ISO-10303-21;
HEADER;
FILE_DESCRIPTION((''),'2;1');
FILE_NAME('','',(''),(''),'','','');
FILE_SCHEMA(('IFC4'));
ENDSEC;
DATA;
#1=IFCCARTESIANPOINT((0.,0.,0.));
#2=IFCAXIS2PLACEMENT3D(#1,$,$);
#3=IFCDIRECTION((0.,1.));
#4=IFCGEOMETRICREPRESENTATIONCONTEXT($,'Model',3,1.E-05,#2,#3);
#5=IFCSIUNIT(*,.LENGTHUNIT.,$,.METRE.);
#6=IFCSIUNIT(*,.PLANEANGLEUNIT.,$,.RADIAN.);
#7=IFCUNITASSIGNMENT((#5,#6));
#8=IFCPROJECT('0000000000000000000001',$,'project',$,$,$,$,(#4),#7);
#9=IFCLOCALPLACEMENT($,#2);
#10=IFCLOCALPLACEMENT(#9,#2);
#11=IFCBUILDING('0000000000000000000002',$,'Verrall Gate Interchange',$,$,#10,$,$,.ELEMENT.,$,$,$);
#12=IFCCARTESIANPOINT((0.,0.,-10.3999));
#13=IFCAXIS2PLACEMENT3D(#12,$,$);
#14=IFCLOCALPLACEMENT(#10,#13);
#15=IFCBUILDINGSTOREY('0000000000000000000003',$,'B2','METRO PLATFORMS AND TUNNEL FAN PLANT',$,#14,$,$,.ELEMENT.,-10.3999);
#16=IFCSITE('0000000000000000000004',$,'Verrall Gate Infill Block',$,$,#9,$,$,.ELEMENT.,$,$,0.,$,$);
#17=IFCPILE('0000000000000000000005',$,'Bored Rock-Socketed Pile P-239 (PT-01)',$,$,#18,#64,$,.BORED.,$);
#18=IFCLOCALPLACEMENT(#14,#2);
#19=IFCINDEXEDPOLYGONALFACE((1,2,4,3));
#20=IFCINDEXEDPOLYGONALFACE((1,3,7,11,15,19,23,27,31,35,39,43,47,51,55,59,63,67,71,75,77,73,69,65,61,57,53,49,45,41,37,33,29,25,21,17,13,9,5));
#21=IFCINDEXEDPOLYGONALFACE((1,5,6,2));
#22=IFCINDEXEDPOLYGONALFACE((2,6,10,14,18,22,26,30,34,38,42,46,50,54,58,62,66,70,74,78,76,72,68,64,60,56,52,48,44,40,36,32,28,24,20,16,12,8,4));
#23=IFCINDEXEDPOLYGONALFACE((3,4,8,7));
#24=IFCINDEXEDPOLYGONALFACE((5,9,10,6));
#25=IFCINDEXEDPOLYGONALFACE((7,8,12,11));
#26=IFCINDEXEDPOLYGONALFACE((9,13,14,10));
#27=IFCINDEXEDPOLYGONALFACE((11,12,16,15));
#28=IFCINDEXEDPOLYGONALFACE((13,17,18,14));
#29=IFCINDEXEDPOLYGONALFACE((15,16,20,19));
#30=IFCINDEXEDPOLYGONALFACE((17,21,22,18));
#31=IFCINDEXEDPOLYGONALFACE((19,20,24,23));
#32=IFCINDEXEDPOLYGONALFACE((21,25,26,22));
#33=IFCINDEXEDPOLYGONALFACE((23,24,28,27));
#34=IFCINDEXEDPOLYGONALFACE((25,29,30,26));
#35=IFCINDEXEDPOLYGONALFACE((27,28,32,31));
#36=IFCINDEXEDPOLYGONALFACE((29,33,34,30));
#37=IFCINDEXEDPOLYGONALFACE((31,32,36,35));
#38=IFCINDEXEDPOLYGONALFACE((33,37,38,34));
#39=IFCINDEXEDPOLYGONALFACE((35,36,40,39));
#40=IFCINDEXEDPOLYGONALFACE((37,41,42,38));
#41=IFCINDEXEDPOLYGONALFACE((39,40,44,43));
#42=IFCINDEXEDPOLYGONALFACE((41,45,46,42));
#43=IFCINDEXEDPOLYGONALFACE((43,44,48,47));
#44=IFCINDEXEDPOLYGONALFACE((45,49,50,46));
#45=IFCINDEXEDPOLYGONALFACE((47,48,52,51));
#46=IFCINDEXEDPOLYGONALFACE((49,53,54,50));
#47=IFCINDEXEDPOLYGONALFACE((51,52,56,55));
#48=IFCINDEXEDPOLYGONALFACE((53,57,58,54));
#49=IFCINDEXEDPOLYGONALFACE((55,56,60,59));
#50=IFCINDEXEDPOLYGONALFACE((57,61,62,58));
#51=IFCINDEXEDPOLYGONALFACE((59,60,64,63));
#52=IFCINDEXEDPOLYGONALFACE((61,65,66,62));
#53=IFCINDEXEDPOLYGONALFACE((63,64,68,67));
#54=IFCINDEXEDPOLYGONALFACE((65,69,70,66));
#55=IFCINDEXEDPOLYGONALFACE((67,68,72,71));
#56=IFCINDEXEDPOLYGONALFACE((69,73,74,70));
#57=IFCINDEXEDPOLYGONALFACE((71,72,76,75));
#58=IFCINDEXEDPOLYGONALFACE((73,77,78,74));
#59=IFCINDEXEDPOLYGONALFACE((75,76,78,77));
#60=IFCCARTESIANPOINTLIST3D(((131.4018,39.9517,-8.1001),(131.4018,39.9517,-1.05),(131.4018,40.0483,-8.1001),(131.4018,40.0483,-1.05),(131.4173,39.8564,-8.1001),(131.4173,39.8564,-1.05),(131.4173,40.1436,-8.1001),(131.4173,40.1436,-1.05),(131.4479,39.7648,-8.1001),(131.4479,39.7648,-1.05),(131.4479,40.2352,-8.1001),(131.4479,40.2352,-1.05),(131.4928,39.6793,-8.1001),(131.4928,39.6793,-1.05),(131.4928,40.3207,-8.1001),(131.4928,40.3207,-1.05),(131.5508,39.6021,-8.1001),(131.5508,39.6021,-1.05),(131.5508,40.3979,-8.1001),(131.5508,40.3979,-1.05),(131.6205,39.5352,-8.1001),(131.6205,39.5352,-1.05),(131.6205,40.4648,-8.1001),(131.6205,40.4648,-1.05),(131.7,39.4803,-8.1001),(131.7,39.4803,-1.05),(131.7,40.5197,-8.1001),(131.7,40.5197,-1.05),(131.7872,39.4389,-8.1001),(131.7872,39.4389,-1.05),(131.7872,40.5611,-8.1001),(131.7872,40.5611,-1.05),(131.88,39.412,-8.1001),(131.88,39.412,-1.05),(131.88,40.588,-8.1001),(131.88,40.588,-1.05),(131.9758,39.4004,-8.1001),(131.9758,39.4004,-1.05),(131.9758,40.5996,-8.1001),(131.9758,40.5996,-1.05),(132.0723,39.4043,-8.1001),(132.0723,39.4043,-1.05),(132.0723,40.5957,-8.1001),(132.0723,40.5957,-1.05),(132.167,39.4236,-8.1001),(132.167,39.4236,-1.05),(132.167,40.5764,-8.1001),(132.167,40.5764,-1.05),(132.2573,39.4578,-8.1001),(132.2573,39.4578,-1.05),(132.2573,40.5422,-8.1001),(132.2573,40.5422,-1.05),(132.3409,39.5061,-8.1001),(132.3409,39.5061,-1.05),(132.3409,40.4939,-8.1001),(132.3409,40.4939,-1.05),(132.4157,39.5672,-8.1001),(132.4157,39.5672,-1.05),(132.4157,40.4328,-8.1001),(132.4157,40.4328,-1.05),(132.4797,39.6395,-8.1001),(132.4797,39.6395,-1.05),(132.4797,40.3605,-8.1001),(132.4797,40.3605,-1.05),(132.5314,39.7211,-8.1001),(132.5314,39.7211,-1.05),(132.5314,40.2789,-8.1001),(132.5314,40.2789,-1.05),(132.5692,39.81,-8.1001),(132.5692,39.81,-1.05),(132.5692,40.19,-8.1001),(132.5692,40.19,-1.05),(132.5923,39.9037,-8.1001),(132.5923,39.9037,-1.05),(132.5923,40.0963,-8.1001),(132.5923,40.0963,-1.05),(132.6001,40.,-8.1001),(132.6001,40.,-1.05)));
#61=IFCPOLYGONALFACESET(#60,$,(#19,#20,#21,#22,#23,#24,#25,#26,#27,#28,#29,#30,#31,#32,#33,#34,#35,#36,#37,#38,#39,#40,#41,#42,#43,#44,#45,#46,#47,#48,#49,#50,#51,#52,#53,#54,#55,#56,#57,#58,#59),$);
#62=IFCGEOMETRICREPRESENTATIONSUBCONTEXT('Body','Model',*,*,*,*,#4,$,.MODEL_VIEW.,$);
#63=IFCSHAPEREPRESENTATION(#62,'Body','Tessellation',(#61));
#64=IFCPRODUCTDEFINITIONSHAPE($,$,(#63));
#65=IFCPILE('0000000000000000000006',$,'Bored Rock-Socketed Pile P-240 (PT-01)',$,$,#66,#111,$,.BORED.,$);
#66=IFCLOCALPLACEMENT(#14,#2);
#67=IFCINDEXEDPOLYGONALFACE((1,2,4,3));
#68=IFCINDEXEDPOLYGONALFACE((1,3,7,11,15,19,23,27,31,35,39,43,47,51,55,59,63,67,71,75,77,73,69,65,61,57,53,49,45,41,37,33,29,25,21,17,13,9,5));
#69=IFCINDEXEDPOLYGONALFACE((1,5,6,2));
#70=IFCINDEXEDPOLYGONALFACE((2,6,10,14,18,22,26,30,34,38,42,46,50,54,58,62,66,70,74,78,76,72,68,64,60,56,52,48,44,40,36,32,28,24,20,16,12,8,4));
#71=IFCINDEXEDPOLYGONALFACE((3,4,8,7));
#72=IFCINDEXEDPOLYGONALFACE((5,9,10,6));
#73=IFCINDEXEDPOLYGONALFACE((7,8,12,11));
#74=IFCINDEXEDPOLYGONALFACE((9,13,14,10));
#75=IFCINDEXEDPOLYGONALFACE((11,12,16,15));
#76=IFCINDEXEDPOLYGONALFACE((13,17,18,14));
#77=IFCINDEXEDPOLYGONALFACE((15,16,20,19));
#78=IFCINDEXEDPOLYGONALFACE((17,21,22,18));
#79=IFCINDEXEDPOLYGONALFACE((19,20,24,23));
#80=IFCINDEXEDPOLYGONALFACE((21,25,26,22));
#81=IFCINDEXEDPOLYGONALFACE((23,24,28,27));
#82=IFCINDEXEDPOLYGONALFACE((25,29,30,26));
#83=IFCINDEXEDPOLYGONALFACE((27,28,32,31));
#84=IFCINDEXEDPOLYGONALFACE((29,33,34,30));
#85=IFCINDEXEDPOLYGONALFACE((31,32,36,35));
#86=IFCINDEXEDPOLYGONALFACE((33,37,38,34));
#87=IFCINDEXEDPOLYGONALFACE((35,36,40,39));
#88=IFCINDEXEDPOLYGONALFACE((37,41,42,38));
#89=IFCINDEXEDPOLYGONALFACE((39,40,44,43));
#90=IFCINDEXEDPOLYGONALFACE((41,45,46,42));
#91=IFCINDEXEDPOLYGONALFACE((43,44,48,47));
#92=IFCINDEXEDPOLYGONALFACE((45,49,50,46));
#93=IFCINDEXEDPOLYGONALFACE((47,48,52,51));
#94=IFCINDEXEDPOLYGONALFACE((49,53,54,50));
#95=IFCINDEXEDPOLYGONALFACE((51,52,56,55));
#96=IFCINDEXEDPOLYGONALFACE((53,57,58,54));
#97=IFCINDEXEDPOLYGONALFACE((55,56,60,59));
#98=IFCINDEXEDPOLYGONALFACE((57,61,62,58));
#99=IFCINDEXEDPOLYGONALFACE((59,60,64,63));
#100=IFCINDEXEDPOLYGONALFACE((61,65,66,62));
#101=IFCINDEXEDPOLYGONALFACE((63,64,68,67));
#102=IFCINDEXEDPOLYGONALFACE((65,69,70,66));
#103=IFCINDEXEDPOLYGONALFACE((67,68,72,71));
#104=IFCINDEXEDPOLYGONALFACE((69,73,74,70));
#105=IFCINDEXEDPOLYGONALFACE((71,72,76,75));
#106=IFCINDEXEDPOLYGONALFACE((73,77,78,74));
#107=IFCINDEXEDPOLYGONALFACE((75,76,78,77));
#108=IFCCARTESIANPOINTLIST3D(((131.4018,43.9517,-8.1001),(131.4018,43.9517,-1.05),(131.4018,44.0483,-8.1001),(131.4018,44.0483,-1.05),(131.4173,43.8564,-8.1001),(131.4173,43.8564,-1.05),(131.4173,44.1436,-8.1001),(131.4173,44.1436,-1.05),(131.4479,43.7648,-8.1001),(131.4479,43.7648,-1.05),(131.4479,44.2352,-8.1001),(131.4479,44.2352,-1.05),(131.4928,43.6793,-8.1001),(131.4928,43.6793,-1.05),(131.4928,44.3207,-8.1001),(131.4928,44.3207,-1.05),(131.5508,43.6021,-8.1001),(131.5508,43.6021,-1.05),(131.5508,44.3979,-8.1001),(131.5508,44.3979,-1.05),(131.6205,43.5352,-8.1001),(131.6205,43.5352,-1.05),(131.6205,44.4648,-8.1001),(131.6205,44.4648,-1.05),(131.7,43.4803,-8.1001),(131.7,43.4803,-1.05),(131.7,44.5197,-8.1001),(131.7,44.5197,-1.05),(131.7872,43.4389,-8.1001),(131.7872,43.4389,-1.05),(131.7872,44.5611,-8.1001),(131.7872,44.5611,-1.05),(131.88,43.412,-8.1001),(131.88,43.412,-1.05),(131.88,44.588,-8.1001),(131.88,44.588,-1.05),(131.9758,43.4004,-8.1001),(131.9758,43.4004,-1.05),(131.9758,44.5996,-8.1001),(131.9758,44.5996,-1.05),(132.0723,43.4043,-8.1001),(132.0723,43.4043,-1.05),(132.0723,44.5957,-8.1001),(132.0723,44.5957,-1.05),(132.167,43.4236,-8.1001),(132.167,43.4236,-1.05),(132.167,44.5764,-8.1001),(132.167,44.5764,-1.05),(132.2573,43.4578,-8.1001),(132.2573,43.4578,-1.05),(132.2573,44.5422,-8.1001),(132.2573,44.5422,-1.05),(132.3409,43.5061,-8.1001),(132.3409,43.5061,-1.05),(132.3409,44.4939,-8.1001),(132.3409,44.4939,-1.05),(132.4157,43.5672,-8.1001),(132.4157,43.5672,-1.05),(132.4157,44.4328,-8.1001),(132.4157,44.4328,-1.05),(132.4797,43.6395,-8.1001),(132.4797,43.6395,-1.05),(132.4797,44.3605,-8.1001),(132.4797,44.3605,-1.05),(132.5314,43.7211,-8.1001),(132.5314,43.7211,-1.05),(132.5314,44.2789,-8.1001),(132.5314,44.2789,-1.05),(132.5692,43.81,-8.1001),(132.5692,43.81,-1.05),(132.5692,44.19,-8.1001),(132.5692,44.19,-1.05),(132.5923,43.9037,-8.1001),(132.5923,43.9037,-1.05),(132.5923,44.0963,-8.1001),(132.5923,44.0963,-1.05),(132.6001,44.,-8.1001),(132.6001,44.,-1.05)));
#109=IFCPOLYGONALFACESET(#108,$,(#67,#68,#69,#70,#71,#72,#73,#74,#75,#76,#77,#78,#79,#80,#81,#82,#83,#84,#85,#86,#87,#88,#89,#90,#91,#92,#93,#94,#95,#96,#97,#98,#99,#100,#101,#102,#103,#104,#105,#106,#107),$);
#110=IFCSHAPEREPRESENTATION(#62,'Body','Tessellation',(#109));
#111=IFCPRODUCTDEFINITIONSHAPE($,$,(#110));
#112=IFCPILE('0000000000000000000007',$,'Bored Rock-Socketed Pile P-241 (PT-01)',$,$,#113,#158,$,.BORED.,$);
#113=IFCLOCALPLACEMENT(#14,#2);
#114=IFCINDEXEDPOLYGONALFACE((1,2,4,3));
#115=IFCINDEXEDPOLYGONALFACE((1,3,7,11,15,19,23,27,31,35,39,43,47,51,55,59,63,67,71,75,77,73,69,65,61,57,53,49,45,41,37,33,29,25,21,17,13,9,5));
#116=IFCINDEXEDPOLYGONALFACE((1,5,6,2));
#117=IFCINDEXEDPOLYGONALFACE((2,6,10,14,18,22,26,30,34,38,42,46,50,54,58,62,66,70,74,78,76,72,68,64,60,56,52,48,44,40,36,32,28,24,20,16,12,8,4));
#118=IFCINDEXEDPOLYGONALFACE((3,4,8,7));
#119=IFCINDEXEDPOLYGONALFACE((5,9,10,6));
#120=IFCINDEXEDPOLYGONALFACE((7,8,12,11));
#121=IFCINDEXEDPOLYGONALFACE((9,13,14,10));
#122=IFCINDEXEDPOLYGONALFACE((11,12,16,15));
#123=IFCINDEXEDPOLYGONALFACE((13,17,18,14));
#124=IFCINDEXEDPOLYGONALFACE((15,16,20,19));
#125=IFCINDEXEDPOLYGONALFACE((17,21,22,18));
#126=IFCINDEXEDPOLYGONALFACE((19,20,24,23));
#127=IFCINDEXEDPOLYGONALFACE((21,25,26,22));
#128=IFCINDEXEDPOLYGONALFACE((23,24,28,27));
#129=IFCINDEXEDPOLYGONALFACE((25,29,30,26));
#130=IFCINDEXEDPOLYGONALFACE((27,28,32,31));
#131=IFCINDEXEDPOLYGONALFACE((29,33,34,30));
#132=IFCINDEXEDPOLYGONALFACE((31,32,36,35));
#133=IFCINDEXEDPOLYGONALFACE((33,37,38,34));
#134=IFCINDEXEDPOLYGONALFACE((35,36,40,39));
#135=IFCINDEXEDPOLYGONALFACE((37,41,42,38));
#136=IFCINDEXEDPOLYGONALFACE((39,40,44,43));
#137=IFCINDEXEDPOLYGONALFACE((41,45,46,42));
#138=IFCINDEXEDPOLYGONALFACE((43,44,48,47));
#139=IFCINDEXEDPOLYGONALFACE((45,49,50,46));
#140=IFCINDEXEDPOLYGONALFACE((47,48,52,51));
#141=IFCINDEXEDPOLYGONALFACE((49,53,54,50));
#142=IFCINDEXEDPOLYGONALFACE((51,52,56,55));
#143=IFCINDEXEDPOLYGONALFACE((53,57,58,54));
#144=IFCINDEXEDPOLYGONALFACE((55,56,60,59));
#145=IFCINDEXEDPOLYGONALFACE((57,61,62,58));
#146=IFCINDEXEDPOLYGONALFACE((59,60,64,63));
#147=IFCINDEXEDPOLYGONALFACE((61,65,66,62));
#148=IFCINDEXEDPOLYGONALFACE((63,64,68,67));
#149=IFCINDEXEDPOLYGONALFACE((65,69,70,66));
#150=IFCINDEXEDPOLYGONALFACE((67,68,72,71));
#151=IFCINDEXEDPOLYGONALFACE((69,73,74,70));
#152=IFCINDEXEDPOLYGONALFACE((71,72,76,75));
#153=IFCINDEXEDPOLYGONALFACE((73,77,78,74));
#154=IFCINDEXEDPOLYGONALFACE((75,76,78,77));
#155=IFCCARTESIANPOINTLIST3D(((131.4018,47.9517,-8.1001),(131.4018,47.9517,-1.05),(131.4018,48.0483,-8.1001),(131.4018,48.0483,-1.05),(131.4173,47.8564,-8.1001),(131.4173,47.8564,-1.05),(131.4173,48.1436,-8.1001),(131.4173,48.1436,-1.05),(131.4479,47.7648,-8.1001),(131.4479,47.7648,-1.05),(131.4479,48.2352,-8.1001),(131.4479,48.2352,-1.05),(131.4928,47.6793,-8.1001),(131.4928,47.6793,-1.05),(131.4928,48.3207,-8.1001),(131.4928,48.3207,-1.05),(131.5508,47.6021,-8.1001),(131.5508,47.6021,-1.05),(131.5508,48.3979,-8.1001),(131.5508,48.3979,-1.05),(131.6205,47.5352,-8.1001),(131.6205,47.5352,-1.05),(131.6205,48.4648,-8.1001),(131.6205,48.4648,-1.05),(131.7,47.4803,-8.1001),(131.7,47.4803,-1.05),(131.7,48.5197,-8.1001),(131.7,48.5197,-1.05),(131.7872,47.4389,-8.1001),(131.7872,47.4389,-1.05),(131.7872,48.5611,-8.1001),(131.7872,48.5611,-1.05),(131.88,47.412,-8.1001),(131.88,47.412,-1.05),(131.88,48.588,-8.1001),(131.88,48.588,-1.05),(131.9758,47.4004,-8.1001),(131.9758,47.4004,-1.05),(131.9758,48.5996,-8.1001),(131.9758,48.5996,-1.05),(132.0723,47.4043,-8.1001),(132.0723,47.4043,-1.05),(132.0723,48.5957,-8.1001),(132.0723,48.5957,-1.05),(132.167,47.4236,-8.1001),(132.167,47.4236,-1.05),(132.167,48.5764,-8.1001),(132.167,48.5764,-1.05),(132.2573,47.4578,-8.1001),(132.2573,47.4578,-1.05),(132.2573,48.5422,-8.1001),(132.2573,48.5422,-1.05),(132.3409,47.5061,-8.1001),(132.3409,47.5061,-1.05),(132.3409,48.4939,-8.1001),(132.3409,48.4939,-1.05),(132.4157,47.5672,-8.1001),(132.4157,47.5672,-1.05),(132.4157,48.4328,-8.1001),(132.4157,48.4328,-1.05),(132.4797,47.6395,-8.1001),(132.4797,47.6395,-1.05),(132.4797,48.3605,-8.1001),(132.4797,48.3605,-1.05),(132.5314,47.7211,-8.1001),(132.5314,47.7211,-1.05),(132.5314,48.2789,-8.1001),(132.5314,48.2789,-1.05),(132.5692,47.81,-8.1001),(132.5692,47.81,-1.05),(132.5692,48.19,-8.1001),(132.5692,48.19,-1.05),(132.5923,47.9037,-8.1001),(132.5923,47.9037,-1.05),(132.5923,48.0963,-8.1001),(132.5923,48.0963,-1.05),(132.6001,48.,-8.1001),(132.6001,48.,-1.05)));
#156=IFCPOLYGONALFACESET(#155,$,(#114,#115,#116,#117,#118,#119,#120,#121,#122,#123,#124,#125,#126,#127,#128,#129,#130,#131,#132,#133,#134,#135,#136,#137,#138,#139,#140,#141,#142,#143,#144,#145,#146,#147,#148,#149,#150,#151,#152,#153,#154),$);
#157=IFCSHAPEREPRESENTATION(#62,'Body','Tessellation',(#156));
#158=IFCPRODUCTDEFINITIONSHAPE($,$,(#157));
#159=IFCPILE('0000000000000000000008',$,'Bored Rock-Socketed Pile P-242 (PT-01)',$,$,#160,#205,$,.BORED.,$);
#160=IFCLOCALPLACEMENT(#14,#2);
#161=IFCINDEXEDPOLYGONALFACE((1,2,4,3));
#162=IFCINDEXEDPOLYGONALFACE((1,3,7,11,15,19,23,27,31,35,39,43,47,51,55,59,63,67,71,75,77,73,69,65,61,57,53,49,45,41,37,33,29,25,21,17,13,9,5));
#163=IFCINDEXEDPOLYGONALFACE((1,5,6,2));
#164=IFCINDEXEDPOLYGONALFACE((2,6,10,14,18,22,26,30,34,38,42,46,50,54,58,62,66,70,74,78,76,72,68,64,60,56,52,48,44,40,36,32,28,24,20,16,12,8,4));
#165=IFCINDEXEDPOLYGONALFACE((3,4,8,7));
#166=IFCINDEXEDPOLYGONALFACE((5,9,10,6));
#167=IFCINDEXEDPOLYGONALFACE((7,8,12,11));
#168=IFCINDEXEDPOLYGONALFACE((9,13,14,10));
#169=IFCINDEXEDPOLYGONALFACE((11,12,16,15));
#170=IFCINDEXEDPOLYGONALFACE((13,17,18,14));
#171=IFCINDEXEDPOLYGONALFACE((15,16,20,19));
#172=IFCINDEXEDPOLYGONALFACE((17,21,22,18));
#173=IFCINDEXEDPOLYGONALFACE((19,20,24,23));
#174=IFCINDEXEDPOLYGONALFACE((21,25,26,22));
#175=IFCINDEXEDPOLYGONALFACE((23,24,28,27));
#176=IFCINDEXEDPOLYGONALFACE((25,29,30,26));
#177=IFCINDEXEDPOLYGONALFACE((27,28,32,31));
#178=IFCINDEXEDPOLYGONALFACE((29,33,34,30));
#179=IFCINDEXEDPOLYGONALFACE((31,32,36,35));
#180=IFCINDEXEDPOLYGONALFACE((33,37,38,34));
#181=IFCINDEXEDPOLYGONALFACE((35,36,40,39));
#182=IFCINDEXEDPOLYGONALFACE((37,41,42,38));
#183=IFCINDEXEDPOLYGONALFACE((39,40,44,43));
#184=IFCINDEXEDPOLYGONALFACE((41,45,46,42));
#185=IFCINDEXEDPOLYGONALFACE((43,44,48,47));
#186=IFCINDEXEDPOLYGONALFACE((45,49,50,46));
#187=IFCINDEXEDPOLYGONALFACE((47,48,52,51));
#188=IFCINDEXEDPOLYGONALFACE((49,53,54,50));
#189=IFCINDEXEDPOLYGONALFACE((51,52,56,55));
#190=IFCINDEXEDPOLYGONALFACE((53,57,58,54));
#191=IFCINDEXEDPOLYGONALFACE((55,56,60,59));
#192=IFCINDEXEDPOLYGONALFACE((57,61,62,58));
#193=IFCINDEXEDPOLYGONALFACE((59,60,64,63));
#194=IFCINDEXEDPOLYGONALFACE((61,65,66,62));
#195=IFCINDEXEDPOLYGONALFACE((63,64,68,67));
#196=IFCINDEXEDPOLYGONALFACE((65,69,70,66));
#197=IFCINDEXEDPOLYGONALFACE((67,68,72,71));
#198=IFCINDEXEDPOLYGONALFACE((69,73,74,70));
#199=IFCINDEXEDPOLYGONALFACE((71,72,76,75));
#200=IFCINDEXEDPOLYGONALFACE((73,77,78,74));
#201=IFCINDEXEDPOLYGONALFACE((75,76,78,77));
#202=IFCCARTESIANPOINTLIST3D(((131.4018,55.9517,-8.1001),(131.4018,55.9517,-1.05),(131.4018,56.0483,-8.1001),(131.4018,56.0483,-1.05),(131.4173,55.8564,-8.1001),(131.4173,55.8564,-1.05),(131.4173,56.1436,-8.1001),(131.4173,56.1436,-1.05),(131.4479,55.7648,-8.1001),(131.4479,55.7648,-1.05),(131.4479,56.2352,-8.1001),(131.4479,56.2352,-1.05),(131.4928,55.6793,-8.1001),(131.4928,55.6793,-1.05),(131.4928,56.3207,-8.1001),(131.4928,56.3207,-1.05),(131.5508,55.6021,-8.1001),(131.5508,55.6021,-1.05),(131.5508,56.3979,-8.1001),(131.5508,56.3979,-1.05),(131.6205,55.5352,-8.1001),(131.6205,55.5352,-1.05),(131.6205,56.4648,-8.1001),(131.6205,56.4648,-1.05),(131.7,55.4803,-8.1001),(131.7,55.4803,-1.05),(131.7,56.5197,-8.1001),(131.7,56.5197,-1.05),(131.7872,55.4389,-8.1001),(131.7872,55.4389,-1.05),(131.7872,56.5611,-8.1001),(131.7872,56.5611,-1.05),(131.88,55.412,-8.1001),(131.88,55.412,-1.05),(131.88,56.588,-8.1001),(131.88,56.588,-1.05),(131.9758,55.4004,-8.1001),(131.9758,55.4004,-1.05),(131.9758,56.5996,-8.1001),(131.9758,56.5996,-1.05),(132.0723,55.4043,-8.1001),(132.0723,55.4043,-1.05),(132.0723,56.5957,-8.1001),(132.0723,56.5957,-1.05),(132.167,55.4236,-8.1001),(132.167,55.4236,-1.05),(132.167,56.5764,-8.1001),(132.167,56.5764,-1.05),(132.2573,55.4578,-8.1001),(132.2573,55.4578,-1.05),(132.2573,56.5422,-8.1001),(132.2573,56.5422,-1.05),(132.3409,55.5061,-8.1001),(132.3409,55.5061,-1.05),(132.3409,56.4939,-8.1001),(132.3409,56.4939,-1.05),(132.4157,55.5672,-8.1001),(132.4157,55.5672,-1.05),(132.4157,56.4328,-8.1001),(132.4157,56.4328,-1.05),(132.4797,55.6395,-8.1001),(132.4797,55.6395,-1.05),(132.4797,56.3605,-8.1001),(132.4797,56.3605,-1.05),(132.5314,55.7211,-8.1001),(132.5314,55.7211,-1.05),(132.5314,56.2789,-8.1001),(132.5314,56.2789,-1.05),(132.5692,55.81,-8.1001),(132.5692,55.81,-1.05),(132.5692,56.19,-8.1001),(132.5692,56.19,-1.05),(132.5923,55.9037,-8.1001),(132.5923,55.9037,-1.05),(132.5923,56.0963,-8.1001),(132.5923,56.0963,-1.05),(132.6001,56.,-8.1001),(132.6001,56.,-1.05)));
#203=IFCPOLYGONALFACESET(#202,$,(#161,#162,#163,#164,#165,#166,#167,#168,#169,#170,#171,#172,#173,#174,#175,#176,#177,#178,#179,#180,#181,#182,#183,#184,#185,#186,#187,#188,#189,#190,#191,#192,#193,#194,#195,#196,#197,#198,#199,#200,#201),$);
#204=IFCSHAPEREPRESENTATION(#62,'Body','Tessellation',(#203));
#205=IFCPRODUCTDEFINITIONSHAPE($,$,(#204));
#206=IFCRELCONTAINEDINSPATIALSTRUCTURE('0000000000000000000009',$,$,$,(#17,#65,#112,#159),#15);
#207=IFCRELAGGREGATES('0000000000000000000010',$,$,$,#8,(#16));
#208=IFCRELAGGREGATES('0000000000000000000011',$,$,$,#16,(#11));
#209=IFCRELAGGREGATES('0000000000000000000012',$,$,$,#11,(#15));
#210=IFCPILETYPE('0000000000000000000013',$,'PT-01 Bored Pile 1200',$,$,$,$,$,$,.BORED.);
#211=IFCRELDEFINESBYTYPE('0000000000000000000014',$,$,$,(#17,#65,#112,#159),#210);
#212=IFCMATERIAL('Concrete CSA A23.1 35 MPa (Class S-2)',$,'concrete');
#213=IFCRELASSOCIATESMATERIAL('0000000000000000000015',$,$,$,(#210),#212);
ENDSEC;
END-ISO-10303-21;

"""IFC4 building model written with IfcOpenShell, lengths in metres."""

from ifc_helpers import new_model, si_unit, direction, frame, origin, origin_2d, place, context, subcontext, project, spatial, circle, extrude, material, material_profile, profile_set, type_object, element, save


model = new_model("IFC4")

# Units and contexts
model_context = context("Model", 3, precision=1e-05, world=origin(), true_north=direction((0.0, 1.0)))
body_context = subcontext(model_context, "Body", "Model", "MODEL_VIEW")
ifc_project = project(units=[si_unit("LENGTHUNIT", "METRE"), si_unit("PLANEANGLEUNIT", "RADIAN")], contexts=[model_context])

# Site, building, storey
site_placement = place(None, origin())
site = spatial("IfcSite", under=ifc_project, at=site_placement, Name="Verrall Gate Infill Block", CompositionType="ELEMENT", RefElevation=0.0)
building_placement = place(site_placement, origin())
building = spatial("IfcBuilding", under=site, at=building_placement, Name="Verrall Gate Interchange", CompositionType="ELEMENT")
storey_placement = place(building_placement, frame((0.0, 0.0, -10.3999)))
storey = spatial("IfcBuildingStorey", under=building, at=storey_placement, Name="B2", Description="METRO PLATFORMS AND TUNNEL FAN PLANT", CompositionType="ELEMENT", Elevation=-10.3999)

# Piles
ifc_material_1 = material(Name="Concrete CSA A23.1 35 MPa (Class S-2)", Category="concrete")
ifc_material_profile_1 = material_profile(ifc_material_1, circle(Radius=0.6001, at=origin_2d()), Name="PILE1200D")
ifc_profile_set_1 = profile_set([ifc_material_profile_1], Name="Concrete CSA A23.1 35 MPa (Class S-2)")
pile_type = type_object("IfcPileType", Name="PT-01 Bored Pile 1200", PredefinedType="BORED", material=ifc_profile_set_1)
for number, where, z_axis, x_axis, name in (
    (1, (132.0, 40.0, -1.05), (0.0, 0.0, -1.0), (1.0, 0.0, 0.0), "Bored Rock-Socketed Pile P-239 (PT-01)"),
    (2, (132.0, 44.0, -1.05), (0.0, 0.0, -1.0), (1.0, 0.0, 0.0), "Bored Rock-Socketed Pile P-240 (PT-01)"),
    (3, (132.0, 48.0, -1.05), (0.0, 0.0, -1.0), (1.0, 0.0, 0.0), "Bored Rock-Socketed Pile P-241 (PT-01)"),
    (4, (132.0, 56.0, -1.05), (0.0, 0.0, -1.0), (1.0, 0.0, 0.0), "Bored Rock-Socketed Pile P-242 (PT-01)"),
):
    element("IfcPile", number, at=place(storey_placement, frame(where, z_axis=z_axis, x_axis=x_axis)), inside=storey, type_object=pile_type, Name=name, PredefinedType="BORED", context=body_context, shape_type="SweptSolid", body=[
        extrude(circle(Radius=0.6001, at=origin_2d()), origin(), (0.0, 0.0, 1.0), 7.05),
    ])

save(model, "model.ifc")
